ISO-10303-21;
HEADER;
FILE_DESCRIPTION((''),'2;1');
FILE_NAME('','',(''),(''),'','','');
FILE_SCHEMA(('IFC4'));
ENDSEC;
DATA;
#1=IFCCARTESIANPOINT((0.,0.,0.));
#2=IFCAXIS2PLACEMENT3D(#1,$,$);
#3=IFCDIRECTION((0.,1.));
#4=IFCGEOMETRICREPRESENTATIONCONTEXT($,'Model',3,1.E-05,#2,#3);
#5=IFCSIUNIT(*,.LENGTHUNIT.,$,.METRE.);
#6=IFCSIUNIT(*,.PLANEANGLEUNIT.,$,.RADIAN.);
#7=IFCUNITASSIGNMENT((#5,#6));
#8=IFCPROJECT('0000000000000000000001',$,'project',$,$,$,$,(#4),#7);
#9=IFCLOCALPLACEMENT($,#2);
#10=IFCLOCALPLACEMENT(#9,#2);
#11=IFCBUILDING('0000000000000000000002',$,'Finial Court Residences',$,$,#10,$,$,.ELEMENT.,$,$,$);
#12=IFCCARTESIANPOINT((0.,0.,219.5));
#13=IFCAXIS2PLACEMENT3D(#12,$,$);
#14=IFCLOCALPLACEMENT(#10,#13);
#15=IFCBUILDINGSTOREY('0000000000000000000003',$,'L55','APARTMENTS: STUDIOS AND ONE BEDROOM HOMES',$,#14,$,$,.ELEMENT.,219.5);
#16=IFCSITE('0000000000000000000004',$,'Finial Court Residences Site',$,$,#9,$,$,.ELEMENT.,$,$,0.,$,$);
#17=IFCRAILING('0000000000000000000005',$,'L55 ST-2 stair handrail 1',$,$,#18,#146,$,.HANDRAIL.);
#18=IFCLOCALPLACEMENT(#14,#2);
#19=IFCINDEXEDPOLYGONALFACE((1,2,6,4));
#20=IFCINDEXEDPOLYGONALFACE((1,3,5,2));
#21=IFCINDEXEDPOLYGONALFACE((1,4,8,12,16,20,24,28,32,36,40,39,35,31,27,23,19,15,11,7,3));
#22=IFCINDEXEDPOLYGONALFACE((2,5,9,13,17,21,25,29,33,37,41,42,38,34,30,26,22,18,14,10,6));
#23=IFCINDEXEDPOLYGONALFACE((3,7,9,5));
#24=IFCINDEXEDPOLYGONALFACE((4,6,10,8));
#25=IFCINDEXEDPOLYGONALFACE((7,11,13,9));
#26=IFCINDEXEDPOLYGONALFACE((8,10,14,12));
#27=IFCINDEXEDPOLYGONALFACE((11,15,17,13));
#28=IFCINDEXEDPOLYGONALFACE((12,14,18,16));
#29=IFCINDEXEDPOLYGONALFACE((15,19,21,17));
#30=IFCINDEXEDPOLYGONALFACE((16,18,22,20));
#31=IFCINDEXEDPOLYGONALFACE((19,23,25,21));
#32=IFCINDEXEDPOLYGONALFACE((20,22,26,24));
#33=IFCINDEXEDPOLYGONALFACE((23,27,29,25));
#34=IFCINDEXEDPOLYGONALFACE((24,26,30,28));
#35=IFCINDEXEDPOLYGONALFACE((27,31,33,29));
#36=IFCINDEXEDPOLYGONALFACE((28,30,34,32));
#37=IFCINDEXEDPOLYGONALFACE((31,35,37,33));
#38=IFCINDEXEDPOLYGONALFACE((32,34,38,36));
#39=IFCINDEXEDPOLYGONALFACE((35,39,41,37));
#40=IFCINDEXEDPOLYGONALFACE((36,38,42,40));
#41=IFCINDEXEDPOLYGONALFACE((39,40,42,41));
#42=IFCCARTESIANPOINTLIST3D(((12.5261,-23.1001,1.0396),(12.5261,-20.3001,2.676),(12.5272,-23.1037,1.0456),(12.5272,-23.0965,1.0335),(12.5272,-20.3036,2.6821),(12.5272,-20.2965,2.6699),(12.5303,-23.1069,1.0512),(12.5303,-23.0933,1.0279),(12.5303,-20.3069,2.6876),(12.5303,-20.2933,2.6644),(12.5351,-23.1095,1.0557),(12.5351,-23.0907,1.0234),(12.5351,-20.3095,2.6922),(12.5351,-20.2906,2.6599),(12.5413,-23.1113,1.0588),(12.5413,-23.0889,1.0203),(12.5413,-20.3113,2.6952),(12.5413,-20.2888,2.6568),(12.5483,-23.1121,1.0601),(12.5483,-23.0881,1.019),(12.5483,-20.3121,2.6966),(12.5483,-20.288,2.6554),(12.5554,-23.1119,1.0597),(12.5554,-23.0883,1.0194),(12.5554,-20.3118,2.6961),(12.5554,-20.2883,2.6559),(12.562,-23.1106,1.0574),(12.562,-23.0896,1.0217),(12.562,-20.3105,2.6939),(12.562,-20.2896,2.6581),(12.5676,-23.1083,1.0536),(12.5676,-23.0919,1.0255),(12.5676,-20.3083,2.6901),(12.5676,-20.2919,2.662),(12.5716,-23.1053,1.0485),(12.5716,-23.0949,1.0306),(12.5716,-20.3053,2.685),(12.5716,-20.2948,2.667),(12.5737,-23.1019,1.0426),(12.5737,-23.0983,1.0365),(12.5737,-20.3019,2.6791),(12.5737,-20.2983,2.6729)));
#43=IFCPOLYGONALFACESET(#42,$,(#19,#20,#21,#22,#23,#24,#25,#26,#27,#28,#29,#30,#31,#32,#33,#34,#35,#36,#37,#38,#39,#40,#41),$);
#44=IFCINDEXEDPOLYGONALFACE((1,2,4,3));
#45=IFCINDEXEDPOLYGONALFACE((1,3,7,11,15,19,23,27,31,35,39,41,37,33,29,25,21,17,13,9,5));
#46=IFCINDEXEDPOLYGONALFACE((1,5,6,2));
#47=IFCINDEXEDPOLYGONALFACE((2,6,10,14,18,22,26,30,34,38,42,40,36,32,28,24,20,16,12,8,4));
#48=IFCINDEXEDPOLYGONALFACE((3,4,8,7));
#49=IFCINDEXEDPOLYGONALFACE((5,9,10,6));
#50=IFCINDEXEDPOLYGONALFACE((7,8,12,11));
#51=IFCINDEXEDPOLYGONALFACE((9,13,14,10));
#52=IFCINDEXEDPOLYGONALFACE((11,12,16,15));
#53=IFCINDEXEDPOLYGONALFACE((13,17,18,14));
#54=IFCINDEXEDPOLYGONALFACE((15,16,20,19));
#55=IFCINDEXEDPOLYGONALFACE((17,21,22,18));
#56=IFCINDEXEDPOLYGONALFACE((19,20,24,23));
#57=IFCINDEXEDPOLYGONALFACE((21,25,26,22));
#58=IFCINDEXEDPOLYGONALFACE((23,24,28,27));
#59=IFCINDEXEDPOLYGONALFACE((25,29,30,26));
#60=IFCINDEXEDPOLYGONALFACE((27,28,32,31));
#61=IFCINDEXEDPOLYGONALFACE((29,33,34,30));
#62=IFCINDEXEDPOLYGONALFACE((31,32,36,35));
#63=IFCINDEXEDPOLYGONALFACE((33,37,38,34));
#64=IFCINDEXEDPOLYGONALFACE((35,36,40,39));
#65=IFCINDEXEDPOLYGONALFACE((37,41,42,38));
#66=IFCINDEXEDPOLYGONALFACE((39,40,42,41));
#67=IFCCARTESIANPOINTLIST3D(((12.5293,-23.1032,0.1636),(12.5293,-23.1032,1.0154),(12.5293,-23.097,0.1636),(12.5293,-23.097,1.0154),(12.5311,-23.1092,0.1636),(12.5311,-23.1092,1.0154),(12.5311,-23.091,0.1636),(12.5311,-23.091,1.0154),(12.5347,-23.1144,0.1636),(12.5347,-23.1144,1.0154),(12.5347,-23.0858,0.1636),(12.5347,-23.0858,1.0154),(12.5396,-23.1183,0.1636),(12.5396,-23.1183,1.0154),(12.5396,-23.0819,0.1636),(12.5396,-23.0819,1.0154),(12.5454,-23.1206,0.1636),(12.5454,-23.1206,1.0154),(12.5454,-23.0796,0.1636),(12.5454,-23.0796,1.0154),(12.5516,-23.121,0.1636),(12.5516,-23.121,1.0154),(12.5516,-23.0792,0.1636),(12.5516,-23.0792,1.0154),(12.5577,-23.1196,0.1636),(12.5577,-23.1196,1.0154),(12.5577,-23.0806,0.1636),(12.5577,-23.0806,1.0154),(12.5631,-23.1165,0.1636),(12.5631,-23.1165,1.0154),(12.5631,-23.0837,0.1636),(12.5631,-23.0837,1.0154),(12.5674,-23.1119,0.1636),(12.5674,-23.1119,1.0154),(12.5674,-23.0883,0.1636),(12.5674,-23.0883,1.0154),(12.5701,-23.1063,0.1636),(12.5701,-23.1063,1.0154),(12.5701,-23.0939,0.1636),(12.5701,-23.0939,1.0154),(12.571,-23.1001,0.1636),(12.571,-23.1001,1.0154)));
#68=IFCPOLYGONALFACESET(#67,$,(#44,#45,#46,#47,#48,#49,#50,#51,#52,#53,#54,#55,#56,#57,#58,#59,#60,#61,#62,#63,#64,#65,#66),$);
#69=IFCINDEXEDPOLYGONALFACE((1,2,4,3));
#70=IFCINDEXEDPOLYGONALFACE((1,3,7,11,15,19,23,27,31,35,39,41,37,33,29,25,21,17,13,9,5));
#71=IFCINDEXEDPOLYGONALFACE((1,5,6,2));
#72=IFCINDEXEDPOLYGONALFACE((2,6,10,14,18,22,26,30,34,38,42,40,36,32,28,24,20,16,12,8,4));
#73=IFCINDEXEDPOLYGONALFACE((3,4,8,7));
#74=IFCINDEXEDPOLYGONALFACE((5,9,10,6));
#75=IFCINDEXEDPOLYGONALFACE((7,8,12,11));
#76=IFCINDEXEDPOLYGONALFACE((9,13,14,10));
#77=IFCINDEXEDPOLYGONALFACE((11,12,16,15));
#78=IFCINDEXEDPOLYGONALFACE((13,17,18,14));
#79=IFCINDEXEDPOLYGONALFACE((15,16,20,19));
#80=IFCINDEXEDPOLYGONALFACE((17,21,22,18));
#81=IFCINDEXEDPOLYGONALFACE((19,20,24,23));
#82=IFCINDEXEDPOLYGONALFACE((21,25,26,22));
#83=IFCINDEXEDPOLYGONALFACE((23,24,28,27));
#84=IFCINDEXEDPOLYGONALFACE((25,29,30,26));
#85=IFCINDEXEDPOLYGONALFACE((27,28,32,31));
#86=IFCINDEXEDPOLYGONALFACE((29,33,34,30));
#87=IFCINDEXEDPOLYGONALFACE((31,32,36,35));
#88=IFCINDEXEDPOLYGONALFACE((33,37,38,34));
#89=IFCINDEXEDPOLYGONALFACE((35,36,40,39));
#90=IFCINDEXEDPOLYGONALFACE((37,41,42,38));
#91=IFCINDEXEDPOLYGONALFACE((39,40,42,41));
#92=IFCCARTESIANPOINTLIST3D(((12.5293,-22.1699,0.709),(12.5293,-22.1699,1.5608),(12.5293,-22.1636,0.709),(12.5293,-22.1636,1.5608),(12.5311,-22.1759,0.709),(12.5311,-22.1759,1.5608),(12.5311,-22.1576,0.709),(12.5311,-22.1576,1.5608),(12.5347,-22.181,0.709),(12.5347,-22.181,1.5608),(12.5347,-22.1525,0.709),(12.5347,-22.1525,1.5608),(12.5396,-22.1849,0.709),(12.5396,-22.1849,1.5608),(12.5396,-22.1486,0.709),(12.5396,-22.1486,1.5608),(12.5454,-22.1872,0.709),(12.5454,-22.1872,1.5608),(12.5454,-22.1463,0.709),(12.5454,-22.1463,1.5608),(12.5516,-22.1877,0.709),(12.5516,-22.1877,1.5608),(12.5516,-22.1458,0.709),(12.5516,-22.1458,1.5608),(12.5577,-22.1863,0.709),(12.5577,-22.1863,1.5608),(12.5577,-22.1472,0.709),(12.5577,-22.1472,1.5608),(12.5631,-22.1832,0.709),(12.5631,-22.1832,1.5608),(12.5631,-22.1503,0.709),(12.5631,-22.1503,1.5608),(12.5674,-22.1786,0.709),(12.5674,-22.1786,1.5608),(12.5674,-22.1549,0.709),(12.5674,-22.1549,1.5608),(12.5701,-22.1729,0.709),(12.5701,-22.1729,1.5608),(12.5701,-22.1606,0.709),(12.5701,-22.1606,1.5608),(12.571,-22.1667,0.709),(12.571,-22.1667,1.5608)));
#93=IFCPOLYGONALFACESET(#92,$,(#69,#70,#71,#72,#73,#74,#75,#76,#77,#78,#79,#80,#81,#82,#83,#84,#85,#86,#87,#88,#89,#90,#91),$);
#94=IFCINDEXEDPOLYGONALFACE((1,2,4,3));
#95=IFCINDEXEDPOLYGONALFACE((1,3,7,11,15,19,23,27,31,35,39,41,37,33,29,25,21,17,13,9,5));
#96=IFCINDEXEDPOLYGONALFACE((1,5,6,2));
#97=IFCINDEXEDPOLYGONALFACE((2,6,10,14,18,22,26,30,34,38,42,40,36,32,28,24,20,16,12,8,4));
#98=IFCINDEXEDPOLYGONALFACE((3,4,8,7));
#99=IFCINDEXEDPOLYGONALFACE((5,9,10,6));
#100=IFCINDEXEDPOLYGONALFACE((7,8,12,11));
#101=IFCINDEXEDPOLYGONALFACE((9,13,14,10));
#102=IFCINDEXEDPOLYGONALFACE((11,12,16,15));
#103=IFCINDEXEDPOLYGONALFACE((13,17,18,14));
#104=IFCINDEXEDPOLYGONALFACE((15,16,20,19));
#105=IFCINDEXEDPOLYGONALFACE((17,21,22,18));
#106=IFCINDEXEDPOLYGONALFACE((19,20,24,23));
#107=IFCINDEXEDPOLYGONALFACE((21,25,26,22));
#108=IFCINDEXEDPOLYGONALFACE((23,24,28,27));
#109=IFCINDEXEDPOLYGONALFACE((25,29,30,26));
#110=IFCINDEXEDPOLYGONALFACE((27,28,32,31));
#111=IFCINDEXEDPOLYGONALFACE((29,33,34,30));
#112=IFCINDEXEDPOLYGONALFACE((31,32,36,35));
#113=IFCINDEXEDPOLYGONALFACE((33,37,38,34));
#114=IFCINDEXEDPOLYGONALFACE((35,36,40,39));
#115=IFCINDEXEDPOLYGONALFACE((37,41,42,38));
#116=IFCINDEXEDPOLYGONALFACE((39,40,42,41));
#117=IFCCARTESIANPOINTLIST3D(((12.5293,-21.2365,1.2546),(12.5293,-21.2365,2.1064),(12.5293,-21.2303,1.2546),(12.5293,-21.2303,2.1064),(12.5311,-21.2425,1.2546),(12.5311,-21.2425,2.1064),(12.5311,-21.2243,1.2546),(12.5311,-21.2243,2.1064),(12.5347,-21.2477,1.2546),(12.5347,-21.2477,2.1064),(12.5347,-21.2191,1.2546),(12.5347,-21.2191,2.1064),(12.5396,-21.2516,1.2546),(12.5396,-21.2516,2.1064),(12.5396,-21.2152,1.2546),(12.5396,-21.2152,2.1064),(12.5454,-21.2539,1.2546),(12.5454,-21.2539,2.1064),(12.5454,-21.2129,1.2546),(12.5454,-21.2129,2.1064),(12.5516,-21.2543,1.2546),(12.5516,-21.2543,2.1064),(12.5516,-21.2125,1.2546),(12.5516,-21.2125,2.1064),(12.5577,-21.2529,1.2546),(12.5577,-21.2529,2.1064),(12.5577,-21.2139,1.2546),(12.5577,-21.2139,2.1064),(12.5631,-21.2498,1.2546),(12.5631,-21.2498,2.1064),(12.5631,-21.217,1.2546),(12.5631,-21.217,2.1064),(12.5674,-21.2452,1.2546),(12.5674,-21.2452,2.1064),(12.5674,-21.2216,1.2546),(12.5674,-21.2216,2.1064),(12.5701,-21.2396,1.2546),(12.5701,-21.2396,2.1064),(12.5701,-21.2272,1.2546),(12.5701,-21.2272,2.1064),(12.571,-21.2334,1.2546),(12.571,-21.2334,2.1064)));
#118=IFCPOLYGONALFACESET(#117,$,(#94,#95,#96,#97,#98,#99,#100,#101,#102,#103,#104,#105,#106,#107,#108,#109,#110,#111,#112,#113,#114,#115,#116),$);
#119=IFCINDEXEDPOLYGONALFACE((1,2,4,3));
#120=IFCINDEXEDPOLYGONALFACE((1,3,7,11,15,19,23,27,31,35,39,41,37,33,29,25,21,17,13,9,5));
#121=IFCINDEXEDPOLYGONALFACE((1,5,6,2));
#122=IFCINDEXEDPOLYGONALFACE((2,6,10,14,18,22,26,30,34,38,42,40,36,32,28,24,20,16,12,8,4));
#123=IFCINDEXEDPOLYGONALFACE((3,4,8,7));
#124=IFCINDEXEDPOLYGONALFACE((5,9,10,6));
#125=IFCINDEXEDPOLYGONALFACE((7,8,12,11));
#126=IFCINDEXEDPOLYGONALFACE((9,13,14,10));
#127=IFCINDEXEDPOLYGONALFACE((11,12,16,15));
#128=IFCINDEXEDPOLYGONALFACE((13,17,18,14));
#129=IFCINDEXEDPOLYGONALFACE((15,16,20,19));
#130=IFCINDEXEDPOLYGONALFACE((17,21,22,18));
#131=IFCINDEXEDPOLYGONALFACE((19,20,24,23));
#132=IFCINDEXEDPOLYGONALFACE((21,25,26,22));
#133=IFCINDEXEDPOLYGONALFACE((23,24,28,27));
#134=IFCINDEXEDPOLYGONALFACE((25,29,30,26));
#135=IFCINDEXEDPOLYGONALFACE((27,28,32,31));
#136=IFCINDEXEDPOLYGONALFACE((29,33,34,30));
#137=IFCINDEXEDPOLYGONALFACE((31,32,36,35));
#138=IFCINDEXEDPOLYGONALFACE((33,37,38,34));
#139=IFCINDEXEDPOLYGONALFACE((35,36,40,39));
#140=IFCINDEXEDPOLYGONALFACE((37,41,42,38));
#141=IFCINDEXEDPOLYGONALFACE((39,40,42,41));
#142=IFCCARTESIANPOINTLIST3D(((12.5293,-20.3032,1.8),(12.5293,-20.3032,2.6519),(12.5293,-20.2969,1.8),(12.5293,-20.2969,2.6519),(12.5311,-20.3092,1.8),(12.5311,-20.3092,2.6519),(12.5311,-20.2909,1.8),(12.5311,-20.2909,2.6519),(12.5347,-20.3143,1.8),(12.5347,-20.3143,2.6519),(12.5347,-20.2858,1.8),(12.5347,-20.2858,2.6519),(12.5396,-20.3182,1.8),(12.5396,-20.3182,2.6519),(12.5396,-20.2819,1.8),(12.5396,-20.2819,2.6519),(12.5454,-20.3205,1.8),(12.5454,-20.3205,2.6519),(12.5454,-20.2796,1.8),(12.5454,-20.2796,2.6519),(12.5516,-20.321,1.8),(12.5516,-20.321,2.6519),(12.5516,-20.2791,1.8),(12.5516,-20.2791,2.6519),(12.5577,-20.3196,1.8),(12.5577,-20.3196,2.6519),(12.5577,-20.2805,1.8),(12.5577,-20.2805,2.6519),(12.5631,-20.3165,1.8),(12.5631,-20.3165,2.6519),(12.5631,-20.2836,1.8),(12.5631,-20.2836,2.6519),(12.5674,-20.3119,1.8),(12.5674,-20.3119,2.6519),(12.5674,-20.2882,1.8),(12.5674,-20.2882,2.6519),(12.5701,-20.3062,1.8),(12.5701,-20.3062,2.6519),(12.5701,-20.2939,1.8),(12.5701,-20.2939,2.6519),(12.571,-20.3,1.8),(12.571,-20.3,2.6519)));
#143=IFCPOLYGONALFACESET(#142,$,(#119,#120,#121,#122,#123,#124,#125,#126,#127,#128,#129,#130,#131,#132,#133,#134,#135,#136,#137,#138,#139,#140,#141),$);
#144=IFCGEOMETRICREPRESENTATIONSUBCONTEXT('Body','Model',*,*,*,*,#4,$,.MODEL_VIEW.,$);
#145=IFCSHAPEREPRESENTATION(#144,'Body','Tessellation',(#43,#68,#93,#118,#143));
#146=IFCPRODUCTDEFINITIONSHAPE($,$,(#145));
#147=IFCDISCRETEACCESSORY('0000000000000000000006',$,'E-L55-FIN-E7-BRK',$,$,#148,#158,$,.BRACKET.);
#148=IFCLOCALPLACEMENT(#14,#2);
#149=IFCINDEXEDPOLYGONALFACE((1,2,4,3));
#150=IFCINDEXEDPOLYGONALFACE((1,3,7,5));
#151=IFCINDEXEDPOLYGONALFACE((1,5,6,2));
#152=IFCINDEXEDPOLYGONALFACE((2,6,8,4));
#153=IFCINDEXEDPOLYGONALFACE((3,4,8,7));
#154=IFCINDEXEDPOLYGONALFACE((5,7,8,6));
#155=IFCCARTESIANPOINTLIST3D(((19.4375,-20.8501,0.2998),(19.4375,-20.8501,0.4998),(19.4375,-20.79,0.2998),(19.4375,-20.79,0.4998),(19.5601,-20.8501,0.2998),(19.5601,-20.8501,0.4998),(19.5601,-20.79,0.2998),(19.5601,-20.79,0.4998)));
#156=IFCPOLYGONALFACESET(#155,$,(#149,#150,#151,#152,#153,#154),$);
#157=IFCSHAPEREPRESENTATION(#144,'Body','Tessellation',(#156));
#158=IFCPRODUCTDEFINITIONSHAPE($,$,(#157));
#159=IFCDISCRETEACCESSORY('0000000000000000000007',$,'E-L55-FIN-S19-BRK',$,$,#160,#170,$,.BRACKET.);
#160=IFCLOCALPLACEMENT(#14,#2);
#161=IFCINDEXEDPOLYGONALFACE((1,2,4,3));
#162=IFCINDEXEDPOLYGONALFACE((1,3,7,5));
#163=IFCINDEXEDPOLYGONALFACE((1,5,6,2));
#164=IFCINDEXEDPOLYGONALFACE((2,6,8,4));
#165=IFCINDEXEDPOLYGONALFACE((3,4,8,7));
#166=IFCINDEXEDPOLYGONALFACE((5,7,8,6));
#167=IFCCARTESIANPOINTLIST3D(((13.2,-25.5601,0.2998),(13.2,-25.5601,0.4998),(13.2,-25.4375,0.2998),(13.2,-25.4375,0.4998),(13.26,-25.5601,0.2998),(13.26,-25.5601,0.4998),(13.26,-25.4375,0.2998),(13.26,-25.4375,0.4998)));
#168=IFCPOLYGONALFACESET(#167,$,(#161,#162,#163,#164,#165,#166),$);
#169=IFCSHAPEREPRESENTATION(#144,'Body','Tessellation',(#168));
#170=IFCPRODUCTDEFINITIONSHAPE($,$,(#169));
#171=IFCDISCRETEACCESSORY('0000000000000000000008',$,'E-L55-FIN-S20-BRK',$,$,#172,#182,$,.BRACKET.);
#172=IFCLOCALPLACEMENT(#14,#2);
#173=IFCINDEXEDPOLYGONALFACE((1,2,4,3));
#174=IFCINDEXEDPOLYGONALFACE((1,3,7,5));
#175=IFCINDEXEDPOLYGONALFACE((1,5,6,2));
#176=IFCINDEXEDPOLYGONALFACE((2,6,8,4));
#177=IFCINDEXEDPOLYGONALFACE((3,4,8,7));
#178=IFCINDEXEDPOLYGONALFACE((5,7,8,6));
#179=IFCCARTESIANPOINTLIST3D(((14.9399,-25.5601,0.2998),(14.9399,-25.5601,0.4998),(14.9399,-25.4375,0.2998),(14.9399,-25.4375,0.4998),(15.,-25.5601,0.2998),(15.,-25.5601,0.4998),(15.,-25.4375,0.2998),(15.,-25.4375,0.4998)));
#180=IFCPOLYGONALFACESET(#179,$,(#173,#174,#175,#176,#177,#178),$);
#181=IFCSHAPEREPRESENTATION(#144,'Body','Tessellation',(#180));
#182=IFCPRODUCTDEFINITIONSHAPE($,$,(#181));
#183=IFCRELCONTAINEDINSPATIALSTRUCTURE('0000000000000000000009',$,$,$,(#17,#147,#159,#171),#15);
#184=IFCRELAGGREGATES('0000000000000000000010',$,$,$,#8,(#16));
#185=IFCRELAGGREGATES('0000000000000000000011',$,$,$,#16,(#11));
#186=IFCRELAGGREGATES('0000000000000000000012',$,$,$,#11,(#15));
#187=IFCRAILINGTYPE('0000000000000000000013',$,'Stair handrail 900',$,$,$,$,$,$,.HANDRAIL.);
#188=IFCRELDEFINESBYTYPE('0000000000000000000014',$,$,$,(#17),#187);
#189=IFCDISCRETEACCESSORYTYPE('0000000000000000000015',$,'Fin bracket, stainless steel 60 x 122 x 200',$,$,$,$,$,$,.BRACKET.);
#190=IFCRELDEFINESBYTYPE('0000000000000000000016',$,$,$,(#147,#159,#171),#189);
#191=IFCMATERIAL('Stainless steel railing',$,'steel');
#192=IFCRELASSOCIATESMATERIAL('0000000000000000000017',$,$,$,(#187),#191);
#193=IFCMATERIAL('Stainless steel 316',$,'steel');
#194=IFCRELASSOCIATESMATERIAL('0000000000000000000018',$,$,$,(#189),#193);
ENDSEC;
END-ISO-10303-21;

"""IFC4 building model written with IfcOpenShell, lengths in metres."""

from ifc_helpers import new_model, si_unit, direction, frame, origin, origin_2d, place, context, subcontext, project, spatial, rectangle, circle, extrude, material, type_object, element, save


model = new_model("IFC4")

# Units and contexts
model_context = context("Model", 3, precision=1e-05, world=origin(), true_north=direction((0.0, 1.0)))
body_context = subcontext(model_context, "Body", "Model", "MODEL_VIEW")
ifc_project = project(units=[si_unit("LENGTHUNIT", "METRE"), si_unit("PLANEANGLEUNIT", "RADIAN")], contexts=[model_context])

# Site, building, storey
site_placement = place(None, origin())
site = spatial("IfcSite", under=ifc_project, at=site_placement, Name="Finial Court Residences Site", CompositionType="ELEMENT", RefElevation=0.0)
building_placement = place(site_placement, origin())
building = spatial("IfcBuilding", under=site, at=building_placement, Name="Finial Court Residences", CompositionType="ELEMENT")
storey_placement = place(building_placement, frame((0.0, 0.0, 219.5)))
storey = spatial("IfcBuildingStorey", under=building, at=storey_placement, Name="L55", Description="APARTMENTS: STUDIOS AND ONE BEDROOM HOMES", CompositionType="ELEMENT", Elevation=219.5)

# Railing
ifc_material_1 = material(Name="Stainless steel railing", Category="steel")
railing_type = type_object("IfcRailingType", Name="Stair handrail 900", PredefinedType="HANDRAIL", material=ifc_material_1)
railing_placement = place(storey_placement, frame((12.55, -23.1001, 0.1636)))
element("IfcRailing", 1, at=railing_placement, inside=storey, type_object=railing_type, Name="L55 ST-2 stair handrail 1", PredefinedType="HANDRAIL", context=body_context, shape_type="SweptSolid", body=[
    extrude(circle(Radius=0.0239, at=origin_2d()), frame((0.0, 0.0, 0.876), z_axis=(0.0, 0.863361, 0.504587), x_axis=(-1.0, 0.0, 0.0)), (0.0, 0.0, 1.0), 3.2432),
    extrude(circle(Radius=0.021, at=origin_2d()), origin(), (0.0, 0.0, 1.0), 0.8518),
    extrude(circle(Radius=0.021, at=origin_2d()), frame((0.0, 0.9333, 0.5454)), (0.0, 0.0, 1.0), 0.8518),
    extrude(circle(Radius=0.021, at=origin_2d()), frame((0.0, 1.8667, 1.0911)), (0.0, 0.0, 1.0), 0.8518),
    extrude(circle(Radius=0.021, at=origin_2d()), frame((0.0, 2.8, 1.6365)), (0.0, 0.0, 1.0), 0.8518),
])

# Discrete accessories
ifc_material_2 = material(Name="Stainless steel 316", Category="steel")
discrete_accessory_type = type_object("IfcDiscreteAccessoryType", Name="Fin bracket, stainless steel 60 x 122 x 200", PredefinedType="BRACKET", material=ifc_material_2)
discrete_accessory_placement = place(storey_placement, frame((19.4988, -20.8201, 0.2998), z_axis=(0.0, 0.0, 1.0), x_axis=(1.0, 0.0, 0.0)))
element("IfcDiscreteAccessory", 2, at=discrete_accessory_placement, inside=storey, type_object=discrete_accessory_type, Name="E-L55-FIN-E7-BRK", PredefinedType="BRACKET", context=body_context, shape_type="SweptSolid", body=[
    extrude(rectangle(XDim=0.1226, YDim=0.0601, at=origin_2d()), origin(), (0.0, 0.0, 1.0), 0.2),
])
for number, where, z_axis, x_axis, name in (
    (3, (13.23, -25.4988, 0.2998), (0.0, 0.0, 1.0), (1.0, 0.0, 0.0), "E-L55-FIN-S19-BRK"),
    (4, (14.97, -25.4988, 0.2998), (0.0, 0.0, 1.0), (1.0, 0.0, 0.0), "E-L55-FIN-S20-BRK"),
):
    element("IfcDiscreteAccessory", number, at=place(storey_placement, frame(where, z_axis=z_axis, x_axis=x_axis)), inside=storey, type_object=discrete_accessory_type, Name=name, PredefinedType="BRACKET", context=body_context, shape_type="SweptSolid", body=[
        extrude(rectangle(XDim=0.0601, YDim=0.1226, at=origin_2d()), origin(), (0.0, 0.0, 1.0), 0.2),
    ])

save(model, "model.ifc")
